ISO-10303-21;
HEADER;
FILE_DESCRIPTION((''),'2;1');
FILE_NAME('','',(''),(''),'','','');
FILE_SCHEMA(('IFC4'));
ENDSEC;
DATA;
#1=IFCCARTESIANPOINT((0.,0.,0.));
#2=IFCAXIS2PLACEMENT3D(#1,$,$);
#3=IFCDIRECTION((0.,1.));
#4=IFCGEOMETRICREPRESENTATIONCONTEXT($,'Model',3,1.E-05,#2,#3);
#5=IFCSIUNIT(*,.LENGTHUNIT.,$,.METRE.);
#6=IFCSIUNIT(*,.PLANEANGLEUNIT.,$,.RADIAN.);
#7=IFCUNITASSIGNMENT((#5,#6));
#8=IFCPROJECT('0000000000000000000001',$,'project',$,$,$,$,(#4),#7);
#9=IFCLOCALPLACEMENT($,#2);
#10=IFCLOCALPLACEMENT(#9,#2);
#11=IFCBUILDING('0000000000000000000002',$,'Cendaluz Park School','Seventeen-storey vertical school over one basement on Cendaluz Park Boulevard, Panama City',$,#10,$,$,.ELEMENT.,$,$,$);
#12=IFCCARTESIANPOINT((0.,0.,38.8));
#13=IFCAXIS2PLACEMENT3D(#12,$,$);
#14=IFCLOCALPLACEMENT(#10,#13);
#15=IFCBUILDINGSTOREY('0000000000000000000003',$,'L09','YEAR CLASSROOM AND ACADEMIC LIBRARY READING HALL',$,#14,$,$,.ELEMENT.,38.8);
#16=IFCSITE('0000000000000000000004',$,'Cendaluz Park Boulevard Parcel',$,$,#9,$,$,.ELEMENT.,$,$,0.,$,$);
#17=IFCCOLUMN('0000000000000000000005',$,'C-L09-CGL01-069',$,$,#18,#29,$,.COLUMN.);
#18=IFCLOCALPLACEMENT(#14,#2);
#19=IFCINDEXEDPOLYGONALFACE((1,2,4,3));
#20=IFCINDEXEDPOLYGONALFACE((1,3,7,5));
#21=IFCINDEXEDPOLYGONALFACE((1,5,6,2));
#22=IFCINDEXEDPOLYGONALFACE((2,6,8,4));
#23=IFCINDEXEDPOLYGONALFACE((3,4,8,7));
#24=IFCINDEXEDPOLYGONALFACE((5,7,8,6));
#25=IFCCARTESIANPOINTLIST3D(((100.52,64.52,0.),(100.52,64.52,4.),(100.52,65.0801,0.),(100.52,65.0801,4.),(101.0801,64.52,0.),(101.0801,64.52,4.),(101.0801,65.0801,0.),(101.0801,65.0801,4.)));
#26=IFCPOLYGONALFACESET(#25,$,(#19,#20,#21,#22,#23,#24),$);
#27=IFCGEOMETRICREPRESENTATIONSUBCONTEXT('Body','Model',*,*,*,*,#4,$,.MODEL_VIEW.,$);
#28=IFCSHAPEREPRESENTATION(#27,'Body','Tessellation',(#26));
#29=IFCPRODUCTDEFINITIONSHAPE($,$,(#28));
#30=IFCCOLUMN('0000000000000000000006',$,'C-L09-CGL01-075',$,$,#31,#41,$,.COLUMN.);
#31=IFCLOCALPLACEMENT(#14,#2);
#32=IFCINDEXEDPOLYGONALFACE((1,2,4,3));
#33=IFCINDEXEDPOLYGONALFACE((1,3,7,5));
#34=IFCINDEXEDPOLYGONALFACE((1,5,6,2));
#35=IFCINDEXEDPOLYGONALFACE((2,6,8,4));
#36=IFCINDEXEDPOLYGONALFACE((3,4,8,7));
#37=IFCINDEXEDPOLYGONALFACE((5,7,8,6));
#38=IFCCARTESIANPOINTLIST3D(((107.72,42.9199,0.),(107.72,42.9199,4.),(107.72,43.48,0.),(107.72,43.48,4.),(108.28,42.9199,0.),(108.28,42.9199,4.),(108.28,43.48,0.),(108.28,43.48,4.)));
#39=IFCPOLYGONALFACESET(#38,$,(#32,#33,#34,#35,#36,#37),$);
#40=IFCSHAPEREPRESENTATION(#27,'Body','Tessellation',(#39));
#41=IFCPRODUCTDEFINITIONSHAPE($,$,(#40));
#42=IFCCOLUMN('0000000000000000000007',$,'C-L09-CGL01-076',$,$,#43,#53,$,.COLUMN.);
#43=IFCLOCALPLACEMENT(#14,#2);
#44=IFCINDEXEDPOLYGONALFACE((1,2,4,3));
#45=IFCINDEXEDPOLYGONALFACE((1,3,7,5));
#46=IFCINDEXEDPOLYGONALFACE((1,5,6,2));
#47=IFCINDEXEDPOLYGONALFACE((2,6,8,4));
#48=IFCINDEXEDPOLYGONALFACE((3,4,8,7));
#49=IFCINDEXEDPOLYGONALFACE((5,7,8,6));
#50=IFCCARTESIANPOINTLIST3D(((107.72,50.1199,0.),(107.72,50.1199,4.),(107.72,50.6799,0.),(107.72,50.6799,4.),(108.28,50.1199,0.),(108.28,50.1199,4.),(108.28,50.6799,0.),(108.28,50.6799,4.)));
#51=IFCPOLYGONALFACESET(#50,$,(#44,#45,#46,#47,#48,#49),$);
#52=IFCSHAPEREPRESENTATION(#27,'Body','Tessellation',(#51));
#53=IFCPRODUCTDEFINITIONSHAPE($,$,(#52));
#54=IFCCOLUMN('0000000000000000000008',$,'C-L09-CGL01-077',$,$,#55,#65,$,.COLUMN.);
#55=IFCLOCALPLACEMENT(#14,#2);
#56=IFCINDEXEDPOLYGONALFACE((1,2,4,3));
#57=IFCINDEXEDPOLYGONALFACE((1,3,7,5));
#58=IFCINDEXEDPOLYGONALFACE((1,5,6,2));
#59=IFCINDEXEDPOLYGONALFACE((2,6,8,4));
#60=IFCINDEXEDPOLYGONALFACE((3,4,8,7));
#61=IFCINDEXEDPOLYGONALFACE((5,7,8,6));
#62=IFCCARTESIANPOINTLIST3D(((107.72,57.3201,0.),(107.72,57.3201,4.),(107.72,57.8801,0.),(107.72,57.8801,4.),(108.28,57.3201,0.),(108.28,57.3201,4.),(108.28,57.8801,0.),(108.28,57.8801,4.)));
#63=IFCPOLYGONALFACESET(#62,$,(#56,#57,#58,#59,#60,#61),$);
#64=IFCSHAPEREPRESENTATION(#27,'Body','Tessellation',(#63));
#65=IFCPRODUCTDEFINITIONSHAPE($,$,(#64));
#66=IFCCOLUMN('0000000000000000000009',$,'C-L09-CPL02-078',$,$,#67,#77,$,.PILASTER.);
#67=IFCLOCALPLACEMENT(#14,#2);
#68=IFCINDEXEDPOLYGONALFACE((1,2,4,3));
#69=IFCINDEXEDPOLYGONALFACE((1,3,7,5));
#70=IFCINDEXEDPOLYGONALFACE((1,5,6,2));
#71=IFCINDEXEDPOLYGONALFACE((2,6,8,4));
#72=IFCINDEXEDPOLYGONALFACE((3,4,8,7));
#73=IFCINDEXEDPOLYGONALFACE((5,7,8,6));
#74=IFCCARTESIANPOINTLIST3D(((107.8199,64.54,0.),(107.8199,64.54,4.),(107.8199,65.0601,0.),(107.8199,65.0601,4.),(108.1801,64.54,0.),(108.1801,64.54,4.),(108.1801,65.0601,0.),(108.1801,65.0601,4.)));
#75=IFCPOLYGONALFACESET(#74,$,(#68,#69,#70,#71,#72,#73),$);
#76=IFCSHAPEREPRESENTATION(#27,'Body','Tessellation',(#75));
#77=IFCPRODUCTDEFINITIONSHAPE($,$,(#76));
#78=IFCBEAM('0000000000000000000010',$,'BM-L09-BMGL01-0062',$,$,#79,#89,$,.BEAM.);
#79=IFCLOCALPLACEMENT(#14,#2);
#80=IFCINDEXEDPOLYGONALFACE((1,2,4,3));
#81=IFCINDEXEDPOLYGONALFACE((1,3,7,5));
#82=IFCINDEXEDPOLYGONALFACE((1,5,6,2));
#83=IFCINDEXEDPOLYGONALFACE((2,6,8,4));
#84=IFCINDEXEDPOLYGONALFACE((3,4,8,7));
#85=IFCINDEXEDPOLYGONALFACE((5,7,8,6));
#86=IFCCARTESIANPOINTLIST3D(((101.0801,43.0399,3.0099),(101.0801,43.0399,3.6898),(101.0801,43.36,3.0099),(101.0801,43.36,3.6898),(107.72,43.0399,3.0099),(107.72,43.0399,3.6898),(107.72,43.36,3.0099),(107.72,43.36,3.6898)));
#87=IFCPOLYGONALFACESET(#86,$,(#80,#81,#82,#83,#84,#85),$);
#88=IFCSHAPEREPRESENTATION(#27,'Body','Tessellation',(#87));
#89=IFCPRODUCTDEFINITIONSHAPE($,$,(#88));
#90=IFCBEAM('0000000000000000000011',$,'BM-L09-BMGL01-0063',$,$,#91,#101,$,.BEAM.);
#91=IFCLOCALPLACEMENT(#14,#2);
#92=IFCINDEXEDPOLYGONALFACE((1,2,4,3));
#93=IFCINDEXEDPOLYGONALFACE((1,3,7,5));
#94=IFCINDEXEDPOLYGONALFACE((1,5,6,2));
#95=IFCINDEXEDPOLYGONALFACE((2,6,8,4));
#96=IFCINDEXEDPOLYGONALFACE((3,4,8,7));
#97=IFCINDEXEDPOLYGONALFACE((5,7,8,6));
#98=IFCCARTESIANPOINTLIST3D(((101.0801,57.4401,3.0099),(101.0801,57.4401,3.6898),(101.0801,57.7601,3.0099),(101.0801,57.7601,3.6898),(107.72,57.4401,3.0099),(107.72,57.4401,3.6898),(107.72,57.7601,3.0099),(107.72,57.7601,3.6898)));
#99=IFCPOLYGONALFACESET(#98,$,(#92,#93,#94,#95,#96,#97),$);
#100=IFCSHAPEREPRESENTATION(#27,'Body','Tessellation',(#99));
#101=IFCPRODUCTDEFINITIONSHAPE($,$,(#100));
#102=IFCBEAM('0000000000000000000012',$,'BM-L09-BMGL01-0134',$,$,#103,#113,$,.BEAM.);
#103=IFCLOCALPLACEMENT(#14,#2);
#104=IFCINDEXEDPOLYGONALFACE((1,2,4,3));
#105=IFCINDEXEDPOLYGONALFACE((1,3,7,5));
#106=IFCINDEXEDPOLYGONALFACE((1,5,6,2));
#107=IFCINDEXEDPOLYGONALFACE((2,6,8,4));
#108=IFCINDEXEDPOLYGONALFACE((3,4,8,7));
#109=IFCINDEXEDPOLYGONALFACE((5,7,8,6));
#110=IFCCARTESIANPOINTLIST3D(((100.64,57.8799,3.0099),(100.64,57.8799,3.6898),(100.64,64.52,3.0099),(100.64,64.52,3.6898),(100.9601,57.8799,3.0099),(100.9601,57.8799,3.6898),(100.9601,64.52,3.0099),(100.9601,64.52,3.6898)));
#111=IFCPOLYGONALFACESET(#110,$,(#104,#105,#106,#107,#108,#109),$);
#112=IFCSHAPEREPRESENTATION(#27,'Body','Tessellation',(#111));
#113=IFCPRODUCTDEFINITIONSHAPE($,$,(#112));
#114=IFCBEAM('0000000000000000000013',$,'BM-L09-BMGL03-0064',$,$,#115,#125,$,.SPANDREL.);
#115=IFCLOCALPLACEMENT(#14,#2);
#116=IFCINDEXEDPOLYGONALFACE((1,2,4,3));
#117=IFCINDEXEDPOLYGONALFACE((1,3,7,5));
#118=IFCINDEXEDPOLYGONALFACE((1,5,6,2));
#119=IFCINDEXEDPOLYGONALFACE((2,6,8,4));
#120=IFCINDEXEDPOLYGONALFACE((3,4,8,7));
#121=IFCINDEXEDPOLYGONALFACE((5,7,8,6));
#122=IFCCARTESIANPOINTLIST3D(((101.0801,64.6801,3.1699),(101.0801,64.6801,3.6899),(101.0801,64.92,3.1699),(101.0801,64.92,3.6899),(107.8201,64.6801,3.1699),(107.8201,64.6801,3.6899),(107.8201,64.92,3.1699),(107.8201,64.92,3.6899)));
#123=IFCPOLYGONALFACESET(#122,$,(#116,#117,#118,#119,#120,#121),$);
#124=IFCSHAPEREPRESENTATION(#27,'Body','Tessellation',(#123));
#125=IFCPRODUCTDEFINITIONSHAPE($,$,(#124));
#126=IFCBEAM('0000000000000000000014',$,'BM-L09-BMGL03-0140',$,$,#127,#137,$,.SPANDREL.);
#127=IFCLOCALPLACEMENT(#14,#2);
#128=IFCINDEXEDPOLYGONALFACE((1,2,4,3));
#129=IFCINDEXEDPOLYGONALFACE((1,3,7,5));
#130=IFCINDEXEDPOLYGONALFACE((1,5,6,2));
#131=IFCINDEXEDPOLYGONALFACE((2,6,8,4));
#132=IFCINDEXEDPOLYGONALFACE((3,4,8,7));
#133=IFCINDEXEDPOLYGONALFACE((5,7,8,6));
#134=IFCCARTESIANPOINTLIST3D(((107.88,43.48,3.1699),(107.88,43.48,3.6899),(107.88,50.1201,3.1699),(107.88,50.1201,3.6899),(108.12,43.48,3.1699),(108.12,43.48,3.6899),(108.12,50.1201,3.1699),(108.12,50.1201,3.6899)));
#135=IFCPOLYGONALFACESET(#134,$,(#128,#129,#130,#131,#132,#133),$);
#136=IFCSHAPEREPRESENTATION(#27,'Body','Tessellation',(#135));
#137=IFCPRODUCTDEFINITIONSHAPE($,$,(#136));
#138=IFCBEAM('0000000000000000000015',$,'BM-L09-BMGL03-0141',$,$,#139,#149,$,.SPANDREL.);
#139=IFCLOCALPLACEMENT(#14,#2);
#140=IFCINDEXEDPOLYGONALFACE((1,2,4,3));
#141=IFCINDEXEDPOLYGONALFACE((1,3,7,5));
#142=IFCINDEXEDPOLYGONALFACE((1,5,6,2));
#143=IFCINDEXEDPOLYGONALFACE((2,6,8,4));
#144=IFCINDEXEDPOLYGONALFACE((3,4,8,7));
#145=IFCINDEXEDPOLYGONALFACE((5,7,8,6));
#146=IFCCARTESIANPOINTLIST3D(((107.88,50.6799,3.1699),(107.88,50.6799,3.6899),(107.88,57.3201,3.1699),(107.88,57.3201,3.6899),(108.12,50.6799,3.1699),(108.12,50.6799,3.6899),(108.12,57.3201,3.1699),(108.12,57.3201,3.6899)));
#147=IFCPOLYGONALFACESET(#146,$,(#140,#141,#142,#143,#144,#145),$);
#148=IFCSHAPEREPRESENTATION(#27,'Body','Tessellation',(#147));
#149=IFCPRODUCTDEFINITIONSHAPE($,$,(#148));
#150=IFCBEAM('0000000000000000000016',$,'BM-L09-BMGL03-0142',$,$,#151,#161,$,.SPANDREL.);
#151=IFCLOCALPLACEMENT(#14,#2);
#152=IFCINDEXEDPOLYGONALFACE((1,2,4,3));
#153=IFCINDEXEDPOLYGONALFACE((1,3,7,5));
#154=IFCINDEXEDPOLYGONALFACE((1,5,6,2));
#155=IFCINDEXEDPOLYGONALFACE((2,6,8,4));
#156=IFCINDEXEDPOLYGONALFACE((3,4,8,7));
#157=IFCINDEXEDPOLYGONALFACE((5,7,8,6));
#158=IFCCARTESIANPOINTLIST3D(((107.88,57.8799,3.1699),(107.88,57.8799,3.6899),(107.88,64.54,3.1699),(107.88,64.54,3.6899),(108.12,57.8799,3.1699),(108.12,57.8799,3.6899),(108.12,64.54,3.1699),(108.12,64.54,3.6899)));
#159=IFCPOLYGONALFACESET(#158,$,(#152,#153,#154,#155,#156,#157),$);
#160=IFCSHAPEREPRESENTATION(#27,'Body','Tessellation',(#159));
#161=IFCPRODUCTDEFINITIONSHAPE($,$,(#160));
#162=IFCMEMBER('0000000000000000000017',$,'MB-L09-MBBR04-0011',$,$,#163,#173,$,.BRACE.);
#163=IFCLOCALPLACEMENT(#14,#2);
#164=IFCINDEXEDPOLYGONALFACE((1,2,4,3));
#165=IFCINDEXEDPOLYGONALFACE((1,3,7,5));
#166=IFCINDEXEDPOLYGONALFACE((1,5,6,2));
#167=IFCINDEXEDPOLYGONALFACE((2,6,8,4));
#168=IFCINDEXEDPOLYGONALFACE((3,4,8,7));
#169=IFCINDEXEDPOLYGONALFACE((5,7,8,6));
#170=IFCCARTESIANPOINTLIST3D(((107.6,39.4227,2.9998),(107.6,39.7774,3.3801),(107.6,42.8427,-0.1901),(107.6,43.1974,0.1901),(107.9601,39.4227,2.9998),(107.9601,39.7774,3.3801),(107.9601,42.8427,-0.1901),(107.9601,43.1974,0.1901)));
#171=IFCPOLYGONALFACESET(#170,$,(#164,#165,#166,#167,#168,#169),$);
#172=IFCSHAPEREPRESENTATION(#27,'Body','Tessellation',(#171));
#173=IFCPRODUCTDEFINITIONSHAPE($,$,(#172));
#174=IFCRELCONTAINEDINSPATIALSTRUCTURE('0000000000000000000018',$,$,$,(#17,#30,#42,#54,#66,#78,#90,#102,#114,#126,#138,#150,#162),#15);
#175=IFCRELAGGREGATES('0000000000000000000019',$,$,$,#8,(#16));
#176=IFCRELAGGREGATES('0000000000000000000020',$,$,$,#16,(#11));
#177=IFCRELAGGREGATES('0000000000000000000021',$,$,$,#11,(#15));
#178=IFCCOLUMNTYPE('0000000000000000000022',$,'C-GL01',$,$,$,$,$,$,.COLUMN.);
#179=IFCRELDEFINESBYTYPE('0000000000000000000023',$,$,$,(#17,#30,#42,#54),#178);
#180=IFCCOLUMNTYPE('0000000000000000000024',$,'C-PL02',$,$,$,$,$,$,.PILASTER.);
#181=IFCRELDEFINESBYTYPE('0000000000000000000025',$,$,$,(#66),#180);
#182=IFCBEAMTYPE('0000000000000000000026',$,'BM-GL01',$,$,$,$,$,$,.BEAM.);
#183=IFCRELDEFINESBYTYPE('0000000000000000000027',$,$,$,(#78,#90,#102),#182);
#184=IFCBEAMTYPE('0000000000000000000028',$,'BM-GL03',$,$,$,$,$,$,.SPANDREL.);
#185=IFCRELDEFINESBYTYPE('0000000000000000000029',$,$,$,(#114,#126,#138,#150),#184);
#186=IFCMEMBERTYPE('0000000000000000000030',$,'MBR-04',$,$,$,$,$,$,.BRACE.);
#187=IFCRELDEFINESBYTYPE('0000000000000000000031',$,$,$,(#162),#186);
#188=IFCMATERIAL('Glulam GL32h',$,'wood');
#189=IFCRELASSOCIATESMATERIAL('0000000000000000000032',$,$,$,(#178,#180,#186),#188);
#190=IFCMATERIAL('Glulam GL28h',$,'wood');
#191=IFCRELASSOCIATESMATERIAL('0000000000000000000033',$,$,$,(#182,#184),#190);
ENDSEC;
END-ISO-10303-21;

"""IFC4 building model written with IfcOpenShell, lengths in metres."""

from ifc_helpers import new_model, si_unit, direction, frame, origin, origin_2d, place, context, subcontext, project, spatial, rectangle, extrude, material, material_profile, profile_set, type_object, element, save


model = new_model("IFC4")

# Units and contexts
model_context = context("Model", 3, precision=1e-05, world=origin(), true_north=direction((0.0, 1.0)))
body_context = subcontext(model_context, "Body", "Model", "MODEL_VIEW")
ifc_project = project(units=[si_unit("LENGTHUNIT", "METRE"), si_unit("PLANEANGLEUNIT", "RADIAN")], contexts=[model_context])

# Site, building, storey
site_placement = place(None, origin())
site = spatial("IfcSite", under=ifc_project, at=site_placement, Name="Cendaluz Park Boulevard Parcel", CompositionType="ELEMENT", RefElevation=0.0)
building_placement = place(site_placement, origin())
building = spatial("IfcBuilding", under=site, at=building_placement, Name="Cendaluz Park School", Description="Seventeen-storey vertical school over one basement on Cendaluz Park Boulevard, Panama City", CompositionType="ELEMENT")
storey_placement = place(building_placement, frame((0.0, 0.0, 38.8)))
storey = spatial("IfcBuildingStorey", under=building, at=storey_placement, Name="L09", Description="YEAR CLASSROOM AND ACADEMIC LIBRARY READING HALL", CompositionType="ELEMENT", Elevation=38.8)

# Columns
ifc_material_1 = material(Name="Glulam GL32h", Category="wood")
ifc_material_profile_1 = material_profile(ifc_material_1, rectangle(XDim=0.5601, YDim=0.5601, at=origin_2d()), Name="GL32h 560x560", Category="wood")
ifc_profile_set_1 = profile_set([ifc_material_profile_1], Name="Glulam GL32h")
column_type_1 = type_object("IfcColumnType", Name="C-GL01", PredefinedType="COLUMN", material=ifc_profile_set_1)
for number, where, z_axis, x_axis, name in (
    (1, (100.8, 64.8, 0.0), (0.0, 0.0, 1.0), (1.0, 0.0, 0.0), "C-L09-CGL01-069"),
    (2, (108.0, 43.2, 0.0), (0.0, 0.0, 1.0), (1.0, 0.0, 0.0), "C-L09-CGL01-075"),
    (3, (108.0, 50.3999, 0.0), (0.0, 0.0, 1.0), (1.0, 0.0, 0.0), "C-L09-CGL01-076"),
    (4, (108.0, 57.6001, 0.0), (0.0, 0.0, 1.0), (1.0, 0.0, 0.0), "C-L09-CGL01-077"),
):
    element("IfcColumn", number, at=place(storey_placement, frame(where, z_axis=z_axis, x_axis=x_axis)), inside=storey, type_object=column_type_1, Name=name, PredefinedType="COLUMN", context=body_context, shape_type="SweptSolid", body=[
        extrude(rectangle(XDim=0.5601, YDim=0.5601, at=origin_2d()), origin(), (0.0, 0.0, 1.0), 4.0),
    ])
ifc_material_profile_2 = material_profile(ifc_material_1, rectangle(XDim=0.3601, YDim=0.52, at=origin_2d()), Name="GL32h 360x520", Category="wood")
ifc_profile_set_2 = profile_set([ifc_material_profile_2], Name="Glulam GL32h")
column_type_2 = type_object("IfcColumnType", Name="C-PL02", PredefinedType="PILASTER", material=ifc_profile_set_2)
column_placement = place(storey_placement, frame((108.0, 64.8, 0.0), z_axis=(0.0, 0.0, 1.0), x_axis=(1.0, 0.0, 0.0)))
element("IfcColumn", 5, at=column_placement, inside=storey, type_object=column_type_2, Name="C-L09-CPL02-078", PredefinedType="PILASTER", context=body_context, shape_type="SweptSolid", body=[
    extrude(rectangle(XDim=0.3601, YDim=0.52, at=origin_2d()), origin(), (0.0, 0.0, 1.0), 4.0),
])

# Beams
ifc_material_2 = material(Name="Glulam GL28h", Category="wood")
ifc_material_profile_3 = material_profile(ifc_material_2, rectangle(XDim=0.3201, YDim=0.6799, at=origin_2d()), Name="GL28h 320x680", Category="wood")
ifc_profile_set_3 = profile_set([ifc_material_profile_3], Name="Glulam GL28h")
beam_type_1 = type_object("IfcBeamType", Name="BM-GL01", PredefinedType="BEAM", material=ifc_profile_set_3)
for number, where, z_axis, x_axis, name in (
    (6, (101.0801, 43.2, 3.3499), (1.0, 0.0, 0.0), (0.0, 1.0, 0.0), "BM-L09-BMGL01-0062"),
    (7, (101.0801, 57.6001, 3.3499), (1.0, 0.0, 0.0), (0.0, 1.0, 0.0), "BM-L09-BMGL01-0063"),
):
    element("IfcBeam", number, at=place(storey_placement, frame(where, z_axis=z_axis, x_axis=x_axis)), inside=storey, type_object=beam_type_1, Name=name, PredefinedType="BEAM", context=body_context, shape_type="SweptSolid", body=[
        extrude(rectangle(XDim=0.3201, YDim=0.6799, at=origin_2d()), origin(), (0.0, 0.0, 1.0), 6.6399),
    ])
beam_1_placement = place(storey_placement, frame((100.8, 57.8799, 3.3499), z_axis=(0.0, 1.0, 0.0), x_axis=(-1.0, 0.0, 0.0)))
element("IfcBeam", 8, at=beam_1_placement, inside=storey, type_object=beam_type_1, Name="BM-L09-BMGL01-0134", PredefinedType="BEAM", context=body_context, shape_type="SweptSolid", body=[
    extrude(rectangle(XDim=0.3201, YDim=0.6799, at=origin_2d()), origin(), (0.0, 0.0, 1.0), 6.6401),
])
ifc_material_profile_4 = material_profile(ifc_material_2, rectangle(XDim=0.24, YDim=0.52, at=origin_2d()), Name="GL28h 240x520", Category="wood")
ifc_profile_set_4 = profile_set([ifc_material_profile_4], Name="Glulam GL28h")
beam_type_2 = type_object("IfcBeamType", Name="BM-GL03", PredefinedType="SPANDREL", material=ifc_profile_set_4)
beam_2_placement = place(storey_placement, frame((101.0801, 64.8, 3.4299), z_axis=(1.0, 0.0, 0.0), x_axis=(0.0, 1.0, 0.0)))
element("IfcBeam", 9, at=beam_2_placement, inside=storey, type_object=beam_type_2, Name="BM-L09-BMGL03-0064", PredefinedType="SPANDREL", context=body_context, shape_type="SweptSolid", body=[
    extrude(rectangle(XDim=0.24, YDim=0.52, at=origin_2d()), origin(), (0.0, 0.0, 1.0), 6.74),
])
for number, where, z_axis, x_axis, name in (
    (10, (108.0, 43.48, 3.4299), (0.0, 1.0, 0.0), (-1.0, 0.0, 0.0), "BM-L09-BMGL03-0140"),
    (11, (108.0, 50.6799, 3.4299), (0.0, 1.0, 0.0), (-1.0, 0.0, 0.0), "BM-L09-BMGL03-0141"),
):
    element("IfcBeam", number, at=place(storey_placement, frame(where, z_axis=z_axis, x_axis=x_axis)), inside=storey, type_object=beam_type_2, Name=name, PredefinedType="SPANDREL", context=body_context, shape_type="SweptSolid", body=[
        extrude(rectangle(XDim=0.24, YDim=0.52, at=origin_2d()), origin(), (0.0, 0.0, 1.0), 6.6401),
    ])
beam_3_placement = place(storey_placement, frame((108.0, 57.8799, 3.4299), z_axis=(0.0, 1.0, 0.0), x_axis=(-1.0, 0.0, 0.0)))
element("IfcBeam", 12, at=beam_3_placement, inside=storey, type_object=beam_type_2, Name="BM-L09-BMGL03-0142", PredefinedType="SPANDREL", context=body_context, shape_type="SweptSolid", body=[
    extrude(rectangle(XDim=0.24, YDim=0.52, at=origin_2d()), origin(), (0.0, 0.0, 1.0), 6.6602),
])

# Member
ifc_material_profile_5 = material_profile(ifc_material_1, rectangle(XDim=0.3601, YDim=0.52, at=origin_2d()), Name="GL32h 360x520", Category="wood")
ifc_profile_set_5 = profile_set([ifc_material_profile_5], Name="Glulam GL32h")
member_type = type_object("IfcMemberType", Name="MBR-04", PredefinedType="BRACE", material=ifc_profile_set_5)
member_placement = place(storey_placement, frame((107.78, 43.02, 0.0), z_axis=(0.0, -0.731267, 0.682091), x_axis=(1.0, 0.0, 0.0)))
element("IfcMember", 13, at=member_placement, inside=storey, type_object=member_type, Name="MB-L09-MBBR04-0011", PredefinedType="BRACE", context=body_context, shape_type="SweptSolid", body=[
    extrude(rectangle(XDim=0.3601, YDim=0.52, at=origin_2d()), origin(), (0.0, 0.0, 1.0), 4.6768),
])

save(model, "model.ifc")
